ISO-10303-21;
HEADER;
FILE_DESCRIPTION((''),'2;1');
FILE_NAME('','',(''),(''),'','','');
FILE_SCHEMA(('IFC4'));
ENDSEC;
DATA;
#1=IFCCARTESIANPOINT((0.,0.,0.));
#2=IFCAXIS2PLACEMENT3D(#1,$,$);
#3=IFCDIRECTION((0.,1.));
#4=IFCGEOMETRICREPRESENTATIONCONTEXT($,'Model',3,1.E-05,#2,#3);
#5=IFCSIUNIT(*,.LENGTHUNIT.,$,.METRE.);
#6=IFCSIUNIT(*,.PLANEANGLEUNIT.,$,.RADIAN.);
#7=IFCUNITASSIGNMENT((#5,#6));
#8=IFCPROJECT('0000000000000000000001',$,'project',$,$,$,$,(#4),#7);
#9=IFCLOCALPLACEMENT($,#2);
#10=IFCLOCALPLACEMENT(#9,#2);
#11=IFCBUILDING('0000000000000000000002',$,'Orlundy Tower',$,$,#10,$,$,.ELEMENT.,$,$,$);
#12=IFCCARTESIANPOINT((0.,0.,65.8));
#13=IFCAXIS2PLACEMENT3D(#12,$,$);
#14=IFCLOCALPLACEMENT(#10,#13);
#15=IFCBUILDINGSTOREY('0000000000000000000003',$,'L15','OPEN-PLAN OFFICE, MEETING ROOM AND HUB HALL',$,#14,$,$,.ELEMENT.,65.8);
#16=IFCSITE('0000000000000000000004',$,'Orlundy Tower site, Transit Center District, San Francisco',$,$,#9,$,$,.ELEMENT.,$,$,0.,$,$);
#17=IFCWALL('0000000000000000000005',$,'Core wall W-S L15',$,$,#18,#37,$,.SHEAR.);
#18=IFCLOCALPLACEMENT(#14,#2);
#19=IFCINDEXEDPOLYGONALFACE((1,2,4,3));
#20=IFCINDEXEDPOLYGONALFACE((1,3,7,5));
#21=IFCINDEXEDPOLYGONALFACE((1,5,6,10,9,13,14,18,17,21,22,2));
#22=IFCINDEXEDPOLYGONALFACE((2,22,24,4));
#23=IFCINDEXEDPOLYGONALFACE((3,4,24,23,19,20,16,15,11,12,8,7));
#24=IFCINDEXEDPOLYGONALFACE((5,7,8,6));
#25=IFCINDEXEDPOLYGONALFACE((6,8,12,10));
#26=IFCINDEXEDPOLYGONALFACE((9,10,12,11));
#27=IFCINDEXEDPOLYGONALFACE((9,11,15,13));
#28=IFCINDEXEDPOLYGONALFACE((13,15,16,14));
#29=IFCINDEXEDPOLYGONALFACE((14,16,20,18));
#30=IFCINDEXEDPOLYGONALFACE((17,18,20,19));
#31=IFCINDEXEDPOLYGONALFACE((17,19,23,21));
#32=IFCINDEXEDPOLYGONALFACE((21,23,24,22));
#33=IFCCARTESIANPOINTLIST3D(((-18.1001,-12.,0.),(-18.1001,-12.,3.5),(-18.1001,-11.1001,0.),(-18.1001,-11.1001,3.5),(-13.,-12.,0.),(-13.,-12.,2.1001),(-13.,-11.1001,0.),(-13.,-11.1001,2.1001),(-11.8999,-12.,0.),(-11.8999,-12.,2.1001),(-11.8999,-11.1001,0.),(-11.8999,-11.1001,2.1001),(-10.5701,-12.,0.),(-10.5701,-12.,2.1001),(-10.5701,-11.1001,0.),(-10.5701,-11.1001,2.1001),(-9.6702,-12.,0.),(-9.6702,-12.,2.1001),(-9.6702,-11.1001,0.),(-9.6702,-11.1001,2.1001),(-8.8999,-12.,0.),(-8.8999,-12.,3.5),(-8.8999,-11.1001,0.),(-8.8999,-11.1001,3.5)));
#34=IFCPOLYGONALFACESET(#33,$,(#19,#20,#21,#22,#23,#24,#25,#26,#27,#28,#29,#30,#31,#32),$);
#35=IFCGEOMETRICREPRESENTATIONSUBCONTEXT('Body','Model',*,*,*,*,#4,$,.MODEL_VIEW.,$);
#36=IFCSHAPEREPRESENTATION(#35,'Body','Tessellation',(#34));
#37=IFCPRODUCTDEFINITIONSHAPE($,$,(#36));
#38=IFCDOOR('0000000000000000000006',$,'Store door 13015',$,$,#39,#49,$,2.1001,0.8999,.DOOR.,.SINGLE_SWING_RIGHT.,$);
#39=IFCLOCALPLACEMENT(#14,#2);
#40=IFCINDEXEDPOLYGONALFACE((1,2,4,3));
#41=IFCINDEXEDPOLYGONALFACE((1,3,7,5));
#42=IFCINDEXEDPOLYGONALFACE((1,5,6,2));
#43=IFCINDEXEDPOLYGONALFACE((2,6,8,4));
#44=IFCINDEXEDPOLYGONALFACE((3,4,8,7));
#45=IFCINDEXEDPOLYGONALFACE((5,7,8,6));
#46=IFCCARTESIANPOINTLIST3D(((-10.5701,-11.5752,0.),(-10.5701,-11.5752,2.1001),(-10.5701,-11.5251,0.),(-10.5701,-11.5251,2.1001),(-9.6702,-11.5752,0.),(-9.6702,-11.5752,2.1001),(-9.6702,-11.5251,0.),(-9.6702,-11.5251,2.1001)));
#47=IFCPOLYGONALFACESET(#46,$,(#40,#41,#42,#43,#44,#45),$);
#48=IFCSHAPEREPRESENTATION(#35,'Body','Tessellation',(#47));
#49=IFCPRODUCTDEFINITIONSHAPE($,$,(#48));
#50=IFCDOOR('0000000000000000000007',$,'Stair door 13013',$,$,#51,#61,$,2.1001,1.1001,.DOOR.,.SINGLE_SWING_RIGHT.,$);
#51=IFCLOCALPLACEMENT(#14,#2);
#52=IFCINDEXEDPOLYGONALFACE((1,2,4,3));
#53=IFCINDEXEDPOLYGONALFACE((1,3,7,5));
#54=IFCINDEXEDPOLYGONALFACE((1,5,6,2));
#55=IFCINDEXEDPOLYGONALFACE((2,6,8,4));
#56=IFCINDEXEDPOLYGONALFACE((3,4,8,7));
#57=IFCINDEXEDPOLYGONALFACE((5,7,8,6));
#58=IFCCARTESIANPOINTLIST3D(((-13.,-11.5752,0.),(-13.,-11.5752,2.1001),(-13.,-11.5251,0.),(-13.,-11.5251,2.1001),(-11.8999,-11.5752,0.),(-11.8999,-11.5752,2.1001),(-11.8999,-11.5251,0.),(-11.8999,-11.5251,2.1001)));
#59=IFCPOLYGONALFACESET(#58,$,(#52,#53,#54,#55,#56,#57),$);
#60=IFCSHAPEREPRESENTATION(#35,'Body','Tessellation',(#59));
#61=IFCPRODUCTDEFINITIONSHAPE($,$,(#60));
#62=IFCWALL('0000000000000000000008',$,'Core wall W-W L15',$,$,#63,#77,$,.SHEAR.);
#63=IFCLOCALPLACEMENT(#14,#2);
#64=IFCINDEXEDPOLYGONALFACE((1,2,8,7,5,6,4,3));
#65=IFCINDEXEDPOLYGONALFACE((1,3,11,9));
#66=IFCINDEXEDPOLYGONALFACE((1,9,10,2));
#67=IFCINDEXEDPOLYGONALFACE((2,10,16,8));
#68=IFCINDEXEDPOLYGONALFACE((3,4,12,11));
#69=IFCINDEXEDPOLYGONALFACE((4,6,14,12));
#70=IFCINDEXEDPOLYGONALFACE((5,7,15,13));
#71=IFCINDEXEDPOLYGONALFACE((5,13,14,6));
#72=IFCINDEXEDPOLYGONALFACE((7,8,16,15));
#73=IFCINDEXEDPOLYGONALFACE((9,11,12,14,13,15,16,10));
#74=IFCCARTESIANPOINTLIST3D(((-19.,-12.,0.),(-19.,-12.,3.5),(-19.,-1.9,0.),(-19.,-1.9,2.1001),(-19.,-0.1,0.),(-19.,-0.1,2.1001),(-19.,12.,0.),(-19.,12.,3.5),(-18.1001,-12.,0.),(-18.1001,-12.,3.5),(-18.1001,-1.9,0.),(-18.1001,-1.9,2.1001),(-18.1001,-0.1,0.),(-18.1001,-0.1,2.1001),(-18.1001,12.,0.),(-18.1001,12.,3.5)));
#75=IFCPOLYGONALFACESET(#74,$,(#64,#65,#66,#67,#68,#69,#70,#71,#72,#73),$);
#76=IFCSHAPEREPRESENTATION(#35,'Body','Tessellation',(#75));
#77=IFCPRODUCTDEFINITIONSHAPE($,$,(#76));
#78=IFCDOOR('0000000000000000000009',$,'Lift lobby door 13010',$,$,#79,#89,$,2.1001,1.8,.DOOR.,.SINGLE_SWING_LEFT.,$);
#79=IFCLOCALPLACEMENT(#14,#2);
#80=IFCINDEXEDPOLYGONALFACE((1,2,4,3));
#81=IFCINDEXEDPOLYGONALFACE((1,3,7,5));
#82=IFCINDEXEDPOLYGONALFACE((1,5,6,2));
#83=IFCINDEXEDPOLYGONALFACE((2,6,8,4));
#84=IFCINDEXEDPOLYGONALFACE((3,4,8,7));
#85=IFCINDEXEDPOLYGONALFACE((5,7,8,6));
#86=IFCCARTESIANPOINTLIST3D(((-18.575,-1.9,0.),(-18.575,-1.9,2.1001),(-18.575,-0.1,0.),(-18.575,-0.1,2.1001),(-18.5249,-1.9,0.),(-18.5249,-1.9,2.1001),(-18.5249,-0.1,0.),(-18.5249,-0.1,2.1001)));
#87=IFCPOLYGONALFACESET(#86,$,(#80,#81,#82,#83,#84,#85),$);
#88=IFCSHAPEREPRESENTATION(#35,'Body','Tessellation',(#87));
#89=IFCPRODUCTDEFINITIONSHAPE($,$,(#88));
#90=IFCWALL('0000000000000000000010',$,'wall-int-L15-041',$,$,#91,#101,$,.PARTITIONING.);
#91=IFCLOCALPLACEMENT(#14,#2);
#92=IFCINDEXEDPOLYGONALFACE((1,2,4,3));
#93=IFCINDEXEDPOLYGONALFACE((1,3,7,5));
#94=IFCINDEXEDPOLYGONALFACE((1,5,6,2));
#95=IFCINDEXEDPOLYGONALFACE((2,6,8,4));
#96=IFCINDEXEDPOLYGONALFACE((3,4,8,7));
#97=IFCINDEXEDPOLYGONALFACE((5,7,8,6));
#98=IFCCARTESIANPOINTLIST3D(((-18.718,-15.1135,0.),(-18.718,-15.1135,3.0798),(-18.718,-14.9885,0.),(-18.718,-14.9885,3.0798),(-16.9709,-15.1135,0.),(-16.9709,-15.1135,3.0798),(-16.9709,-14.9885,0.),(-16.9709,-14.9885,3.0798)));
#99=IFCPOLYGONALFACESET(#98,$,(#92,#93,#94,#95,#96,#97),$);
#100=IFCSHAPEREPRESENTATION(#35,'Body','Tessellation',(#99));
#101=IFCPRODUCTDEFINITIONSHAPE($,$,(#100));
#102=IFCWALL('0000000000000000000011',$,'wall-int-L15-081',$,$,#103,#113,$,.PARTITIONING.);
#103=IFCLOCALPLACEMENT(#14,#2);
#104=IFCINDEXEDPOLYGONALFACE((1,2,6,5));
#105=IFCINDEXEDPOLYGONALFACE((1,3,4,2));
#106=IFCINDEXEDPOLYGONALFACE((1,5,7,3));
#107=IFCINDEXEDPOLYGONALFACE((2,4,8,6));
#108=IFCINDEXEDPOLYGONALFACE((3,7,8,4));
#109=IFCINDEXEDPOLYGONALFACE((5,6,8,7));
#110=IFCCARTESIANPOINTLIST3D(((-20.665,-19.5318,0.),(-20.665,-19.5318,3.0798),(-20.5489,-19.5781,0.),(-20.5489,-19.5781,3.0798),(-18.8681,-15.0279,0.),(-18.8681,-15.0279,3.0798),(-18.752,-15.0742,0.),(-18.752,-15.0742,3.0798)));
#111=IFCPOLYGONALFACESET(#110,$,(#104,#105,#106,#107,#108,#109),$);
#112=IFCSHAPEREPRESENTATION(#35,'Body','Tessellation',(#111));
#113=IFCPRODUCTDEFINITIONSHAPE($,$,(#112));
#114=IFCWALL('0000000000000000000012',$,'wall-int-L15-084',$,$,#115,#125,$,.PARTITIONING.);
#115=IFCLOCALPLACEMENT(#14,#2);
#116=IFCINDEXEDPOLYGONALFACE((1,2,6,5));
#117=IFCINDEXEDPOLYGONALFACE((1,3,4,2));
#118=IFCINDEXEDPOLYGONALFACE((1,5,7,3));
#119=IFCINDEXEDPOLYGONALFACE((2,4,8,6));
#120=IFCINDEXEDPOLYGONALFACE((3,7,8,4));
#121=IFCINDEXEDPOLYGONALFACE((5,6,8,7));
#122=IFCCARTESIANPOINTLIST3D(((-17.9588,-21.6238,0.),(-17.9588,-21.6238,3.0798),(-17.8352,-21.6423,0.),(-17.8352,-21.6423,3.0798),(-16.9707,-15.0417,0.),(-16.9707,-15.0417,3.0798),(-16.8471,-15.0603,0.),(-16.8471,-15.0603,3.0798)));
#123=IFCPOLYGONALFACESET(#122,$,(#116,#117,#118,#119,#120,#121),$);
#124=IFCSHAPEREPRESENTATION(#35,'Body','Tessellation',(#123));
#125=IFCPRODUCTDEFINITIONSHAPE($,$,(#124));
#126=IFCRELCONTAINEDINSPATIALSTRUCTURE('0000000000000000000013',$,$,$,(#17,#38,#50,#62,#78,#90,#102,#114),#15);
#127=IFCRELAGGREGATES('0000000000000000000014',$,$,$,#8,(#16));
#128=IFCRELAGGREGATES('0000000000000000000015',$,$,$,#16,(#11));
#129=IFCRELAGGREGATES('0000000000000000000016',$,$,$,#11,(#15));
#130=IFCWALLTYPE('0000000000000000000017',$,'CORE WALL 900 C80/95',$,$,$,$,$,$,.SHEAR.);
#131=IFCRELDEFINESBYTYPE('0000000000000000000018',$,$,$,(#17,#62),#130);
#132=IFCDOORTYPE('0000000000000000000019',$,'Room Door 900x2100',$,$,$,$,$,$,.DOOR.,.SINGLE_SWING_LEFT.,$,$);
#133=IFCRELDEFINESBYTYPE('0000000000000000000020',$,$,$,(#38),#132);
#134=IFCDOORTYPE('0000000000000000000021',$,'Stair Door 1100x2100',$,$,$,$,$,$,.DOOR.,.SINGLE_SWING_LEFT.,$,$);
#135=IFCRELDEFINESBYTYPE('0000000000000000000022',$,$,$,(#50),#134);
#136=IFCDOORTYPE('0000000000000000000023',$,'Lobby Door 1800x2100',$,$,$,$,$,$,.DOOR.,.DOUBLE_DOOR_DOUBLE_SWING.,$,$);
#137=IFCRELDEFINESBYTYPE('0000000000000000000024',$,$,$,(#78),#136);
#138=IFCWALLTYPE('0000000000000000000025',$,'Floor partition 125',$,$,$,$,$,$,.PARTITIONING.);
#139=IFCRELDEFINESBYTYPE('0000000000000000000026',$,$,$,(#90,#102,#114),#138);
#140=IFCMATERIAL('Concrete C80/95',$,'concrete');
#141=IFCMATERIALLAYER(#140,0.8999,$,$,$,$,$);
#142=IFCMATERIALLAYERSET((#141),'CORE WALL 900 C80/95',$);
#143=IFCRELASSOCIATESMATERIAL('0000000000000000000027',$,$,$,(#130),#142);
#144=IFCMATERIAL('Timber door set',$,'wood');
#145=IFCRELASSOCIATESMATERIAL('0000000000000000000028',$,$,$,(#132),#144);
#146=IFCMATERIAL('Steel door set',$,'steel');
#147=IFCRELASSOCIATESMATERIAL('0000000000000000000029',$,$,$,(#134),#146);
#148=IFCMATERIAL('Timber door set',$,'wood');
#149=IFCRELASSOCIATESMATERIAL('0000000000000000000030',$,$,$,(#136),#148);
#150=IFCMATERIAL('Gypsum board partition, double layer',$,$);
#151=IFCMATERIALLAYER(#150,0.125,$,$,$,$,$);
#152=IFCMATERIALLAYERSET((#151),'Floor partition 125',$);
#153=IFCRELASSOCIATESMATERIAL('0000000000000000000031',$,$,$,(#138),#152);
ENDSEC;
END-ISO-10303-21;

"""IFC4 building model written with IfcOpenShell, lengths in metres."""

from ifc_helpers import new_model, si_unit, direction, frame, frame_2d, origin, place, context, subcontext, project, spatial, rectangle, extrude, material, layer, layer_set, type_object, element, fill, save


model = new_model("IFC4")

# Units and contexts
model_context = context("Model", 3, precision=1e-05, world=origin(), true_north=direction((0.0, 1.0)))
body_context = subcontext(model_context, "Body", "Model", "MODEL_VIEW")
ifc_project = project(units=[si_unit("LENGTHUNIT", "METRE"), si_unit("PLANEANGLEUNIT", "RADIAN")], contexts=[model_context])

# Site, building, storey
site_placement = place(None, origin())
site = spatial("IfcSite", under=ifc_project, at=site_placement, Name="Orlundy Tower site, Transit Center District, San Francisco", CompositionType="ELEMENT", RefElevation=0.0)
building_placement = place(site_placement, origin())
building = spatial("IfcBuilding", under=site, at=building_placement, Name="Orlundy Tower", CompositionType="ELEMENT")
storey_placement = place(building_placement, frame((0.0, 0.0, 65.8)))
storey = spatial("IfcBuildingStorey", under=building, at=storey_placement, Name="L15", Description="OPEN-PLAN OFFICE, MEETING ROOM AND HUB HALL", CompositionType="ELEMENT", Elevation=65.8)

# Wall, openings, doors
ifc_material_1 = material(Name="Concrete C80/95", Category="concrete")
ifc_layer_1 = layer(ifc_material_1, 0.8999)
ifc_layer_set_1 = layer_set([ifc_layer_1], Name="CORE WALL 900 C80/95")
wall_type_1 = type_object("IfcWallType", Name="CORE WALL 900 C80/95", PredefinedType="SHEAR", material=ifc_layer_set_1)
wall_1_placement = place(storey_placement, frame((-18.1001, -11.55, 0.0), z_axis=(0.0, 0.0, 1.0), x_axis=(1.0, 0.0, 0.0)))
wall_1 = element("IfcWall", 1, at=wall_1_placement, inside=storey, type_object=wall_type_1, Name="Core wall W-S L15", PredefinedType="SHEAR", context=body_context, shape_type="SweptSolid", body=[
    extrude(rectangle(XDim=9.2002, YDim=0.8999, at=frame_2d((4.6001, 0.0))), origin(), (0.0, 0.0, 1.0), 3.5),
])
opening_1_placement = place(wall_1_placement, frame((5.1001, 0.0, 0.0)))
opening_1 = element("IfcOpeningElement", 2, at=opening_1_placement, cuts=wall_1, PredefinedType="OPENING", context=body_context, shape_type="SweptSolid", body=[
    extrude(rectangle(XDim=1.1001, YDim=2.1001, at=frame_2d((0.55, 1.05))), frame((0.0, 0.46, 0.0), z_axis=(0.0, -1.0, 0.0), x_axis=(1.0, 0.0, 0.0)), (0.0, 0.0, 1.0), 0.9199),
])
opening_2_placement = place(wall_1_placement, frame((7.53, 0.0, 0.0)))
opening_2 = element("IfcOpeningElement", 3, at=opening_2_placement, cuts=wall_1, PredefinedType="OPENING", context=body_context, shape_type="SweptSolid", body=[
    extrude(rectangle(XDim=0.8999, YDim=2.1001, at=frame_2d((0.45, 1.05))), frame((0.0, 0.46, 0.0), z_axis=(0.0, -1.0, 0.0), x_axis=(1.0, 0.0, 0.0)), (0.0, 0.0, 1.0), 0.9199),
])
ifc_material_2 = material(Name="Timber door set", Category="wood")
door_type_1 = type_object("IfcDoorType", Name="Room Door 900x2100", OperationType="SINGLE_SWING_LEFT", PredefinedType="DOOR", material=ifc_material_2)
door_1_placement = place(opening_2_placement, origin())
door_1 = element("IfcDoor", 4, at=door_1_placement, inside=storey, type_object=door_type_1, Name="Store door 13015", OperationType="SINGLE_SWING_RIGHT", OverallHeight=2.1001, OverallWidth=0.8999, PredefinedType="DOOR", context=body_context, shape_type="SweptSolid", body=[
    extrude(rectangle(XDim=0.8999, YDim=2.1001, at=frame_2d((0.45, 1.05))), frame((0.0, 0.0249, 0.0), z_axis=(0.0, -1.0, 0.0), x_axis=(1.0, 0.0, 0.0)), (0.0, 0.0, 1.0), 0.05),
])
fill(opening_2, door_1)
ifc_material_3 = material(Name="Steel door set", Category="steel")
door_type_2 = type_object("IfcDoorType", Name="Stair Door 1100x2100", OperationType="SINGLE_SWING_LEFT", PredefinedType="DOOR", material=ifc_material_3)
door_2_placement = place(opening_1_placement, origin())
door_2 = element("IfcDoor", 5, at=door_2_placement, inside=storey, type_object=door_type_2, Name="Stair door 13013", OperationType="SINGLE_SWING_RIGHT", OverallHeight=2.1001, OverallWidth=1.1001, PredefinedType="DOOR", context=body_context, shape_type="SweptSolid", body=[
    extrude(rectangle(XDim=1.1001, YDim=2.1001, at=frame_2d((0.55, 1.05))), frame((0.0, 0.0249, 0.0), z_axis=(0.0, -1.0, 0.0), x_axis=(1.0, 0.0, 0.0)), (0.0, 0.0, 1.0), 0.05),
])
fill(opening_1, door_2)

# Wall, opening, door
wall_2_placement = place(storey_placement, frame((-18.55, -12.0, 0.0), z_axis=(0.0, 0.0, 1.0), x_axis=(0.0, 1.0, 0.0)))
wall_2 = element("IfcWall", 6, at=wall_2_placement, inside=storey, type_object=wall_type_1, Name="Core wall W-W L15", PredefinedType="SHEAR", context=body_context, shape_type="SweptSolid", body=[
    extrude(rectangle(XDim=24.0, YDim=0.8999, at=frame_2d((12.0, 0.0))), origin(), (0.0, 0.0, 1.0), 3.5),
])
opening_3_placement = place(wall_2_placement, frame((10.1001, 0.0, 0.0)))
opening_3 = element("IfcOpeningElement", 7, at=opening_3_placement, cuts=wall_2, PredefinedType="OPENING", context=body_context, shape_type="SweptSolid", body=[
    extrude(rectangle(XDim=1.8, YDim=2.1001, at=frame_2d((0.8999, 1.05))), frame((0.0, 0.46, 0.0), z_axis=(0.0, -1.0, 0.0), x_axis=(1.0, 0.0, 0.0)), (0.0, 0.0, 1.0), 0.9199),
])
ifc_material_4 = material(Name="Timber door set", Category="wood")
door_type_3 = type_object("IfcDoorType", Name="Lobby Door 1800x2100", OperationType="DOUBLE_DOOR_DOUBLE_SWING", PredefinedType="DOOR", material=ifc_material_4)
door_3_placement = place(opening_3_placement, origin())
door_3 = element("IfcDoor", 8, at=door_3_placement, inside=storey, type_object=door_type_3, Name="Lift lobby door 13010", OperationType="SINGLE_SWING_LEFT", OverallHeight=2.1001, OverallWidth=1.8, PredefinedType="DOOR", context=body_context, shape_type="SweptSolid", body=[
    extrude(rectangle(XDim=1.8, YDim=2.1001, at=frame_2d((0.8999, 1.05))), frame((0.0, 0.0249, 0.0), z_axis=(0.0, -1.0, 0.0), x_axis=(1.0, 0.0, 0.0)), (0.0, 0.0, 1.0), 0.05),
])
fill(opening_3, door_3)

# Walls
ifc_material_5 = material(Name="Gypsum board partition, double layer")
ifc_layer_2 = layer(ifc_material_5, 0.125)
ifc_layer_set_2 = layer_set([ifc_layer_2], Name="Floor partition 125")
wall_type_2 = type_object("IfcWallType", Name="Floor partition 125", PredefinedType="PARTITIONING", material=ifc_layer_set_2)
wall_3_placement = place(storey_placement, frame((-18.718, -15.051, 0.0), z_axis=(0.0, 0.0, 1.0), x_axis=(1.0, 0.0, 0.0)))
element("IfcWall", 9, at=wall_3_placement, inside=storey, type_object=wall_type_2, Name="wall-int-L15-041", PredefinedType="PARTITIONING", context=body_context, shape_type="SweptSolid", body=[
    extrude(rectangle(XDim=1.7471, YDim=0.125, at=frame_2d((0.8735, 0.0))), origin(), (0.0, 0.0, 1.0), 3.0798),
])
wall_4_placement = place(storey_placement, frame((-18.8101, -15.051, 0.0), z_axis=(0.0, 0.0, 1.0), x_axis=(-0.370557, -0.92881, 0.0)))
element("IfcWall", 10, at=wall_4_placement, inside=storey, type_object=wall_type_2, Name="wall-int-L15-081", PredefinedType="PARTITIONING", context=body_context, shape_type="SweptSolid", body=[
    extrude(rectangle(XDim=4.8491, YDim=0.125, at=frame_2d((2.4246, 0.0))), origin(), (0.0, 0.0, 1.0), 3.0798),
])
wall_5_placement = place(storey_placement, frame((-16.9089, -15.051, 0.0), z_axis=(0.0, 0.0, 1.0), x_axis=(-0.148448, -0.98892, 0.0)))
element("IfcWall", 11, at=wall_5_placement, inside=storey, type_object=wall_type_2, Name="wall-int-L15-084", PredefinedType="PARTITIONING", context=body_context, shape_type="SweptSolid", body=[
    extrude(rectangle(XDim=6.6558, YDim=0.125, at=frame_2d((3.3279, 0.0))), origin(), (0.0, 0.0, 1.0), 3.0798),
])

save(model, "model.ifc")
